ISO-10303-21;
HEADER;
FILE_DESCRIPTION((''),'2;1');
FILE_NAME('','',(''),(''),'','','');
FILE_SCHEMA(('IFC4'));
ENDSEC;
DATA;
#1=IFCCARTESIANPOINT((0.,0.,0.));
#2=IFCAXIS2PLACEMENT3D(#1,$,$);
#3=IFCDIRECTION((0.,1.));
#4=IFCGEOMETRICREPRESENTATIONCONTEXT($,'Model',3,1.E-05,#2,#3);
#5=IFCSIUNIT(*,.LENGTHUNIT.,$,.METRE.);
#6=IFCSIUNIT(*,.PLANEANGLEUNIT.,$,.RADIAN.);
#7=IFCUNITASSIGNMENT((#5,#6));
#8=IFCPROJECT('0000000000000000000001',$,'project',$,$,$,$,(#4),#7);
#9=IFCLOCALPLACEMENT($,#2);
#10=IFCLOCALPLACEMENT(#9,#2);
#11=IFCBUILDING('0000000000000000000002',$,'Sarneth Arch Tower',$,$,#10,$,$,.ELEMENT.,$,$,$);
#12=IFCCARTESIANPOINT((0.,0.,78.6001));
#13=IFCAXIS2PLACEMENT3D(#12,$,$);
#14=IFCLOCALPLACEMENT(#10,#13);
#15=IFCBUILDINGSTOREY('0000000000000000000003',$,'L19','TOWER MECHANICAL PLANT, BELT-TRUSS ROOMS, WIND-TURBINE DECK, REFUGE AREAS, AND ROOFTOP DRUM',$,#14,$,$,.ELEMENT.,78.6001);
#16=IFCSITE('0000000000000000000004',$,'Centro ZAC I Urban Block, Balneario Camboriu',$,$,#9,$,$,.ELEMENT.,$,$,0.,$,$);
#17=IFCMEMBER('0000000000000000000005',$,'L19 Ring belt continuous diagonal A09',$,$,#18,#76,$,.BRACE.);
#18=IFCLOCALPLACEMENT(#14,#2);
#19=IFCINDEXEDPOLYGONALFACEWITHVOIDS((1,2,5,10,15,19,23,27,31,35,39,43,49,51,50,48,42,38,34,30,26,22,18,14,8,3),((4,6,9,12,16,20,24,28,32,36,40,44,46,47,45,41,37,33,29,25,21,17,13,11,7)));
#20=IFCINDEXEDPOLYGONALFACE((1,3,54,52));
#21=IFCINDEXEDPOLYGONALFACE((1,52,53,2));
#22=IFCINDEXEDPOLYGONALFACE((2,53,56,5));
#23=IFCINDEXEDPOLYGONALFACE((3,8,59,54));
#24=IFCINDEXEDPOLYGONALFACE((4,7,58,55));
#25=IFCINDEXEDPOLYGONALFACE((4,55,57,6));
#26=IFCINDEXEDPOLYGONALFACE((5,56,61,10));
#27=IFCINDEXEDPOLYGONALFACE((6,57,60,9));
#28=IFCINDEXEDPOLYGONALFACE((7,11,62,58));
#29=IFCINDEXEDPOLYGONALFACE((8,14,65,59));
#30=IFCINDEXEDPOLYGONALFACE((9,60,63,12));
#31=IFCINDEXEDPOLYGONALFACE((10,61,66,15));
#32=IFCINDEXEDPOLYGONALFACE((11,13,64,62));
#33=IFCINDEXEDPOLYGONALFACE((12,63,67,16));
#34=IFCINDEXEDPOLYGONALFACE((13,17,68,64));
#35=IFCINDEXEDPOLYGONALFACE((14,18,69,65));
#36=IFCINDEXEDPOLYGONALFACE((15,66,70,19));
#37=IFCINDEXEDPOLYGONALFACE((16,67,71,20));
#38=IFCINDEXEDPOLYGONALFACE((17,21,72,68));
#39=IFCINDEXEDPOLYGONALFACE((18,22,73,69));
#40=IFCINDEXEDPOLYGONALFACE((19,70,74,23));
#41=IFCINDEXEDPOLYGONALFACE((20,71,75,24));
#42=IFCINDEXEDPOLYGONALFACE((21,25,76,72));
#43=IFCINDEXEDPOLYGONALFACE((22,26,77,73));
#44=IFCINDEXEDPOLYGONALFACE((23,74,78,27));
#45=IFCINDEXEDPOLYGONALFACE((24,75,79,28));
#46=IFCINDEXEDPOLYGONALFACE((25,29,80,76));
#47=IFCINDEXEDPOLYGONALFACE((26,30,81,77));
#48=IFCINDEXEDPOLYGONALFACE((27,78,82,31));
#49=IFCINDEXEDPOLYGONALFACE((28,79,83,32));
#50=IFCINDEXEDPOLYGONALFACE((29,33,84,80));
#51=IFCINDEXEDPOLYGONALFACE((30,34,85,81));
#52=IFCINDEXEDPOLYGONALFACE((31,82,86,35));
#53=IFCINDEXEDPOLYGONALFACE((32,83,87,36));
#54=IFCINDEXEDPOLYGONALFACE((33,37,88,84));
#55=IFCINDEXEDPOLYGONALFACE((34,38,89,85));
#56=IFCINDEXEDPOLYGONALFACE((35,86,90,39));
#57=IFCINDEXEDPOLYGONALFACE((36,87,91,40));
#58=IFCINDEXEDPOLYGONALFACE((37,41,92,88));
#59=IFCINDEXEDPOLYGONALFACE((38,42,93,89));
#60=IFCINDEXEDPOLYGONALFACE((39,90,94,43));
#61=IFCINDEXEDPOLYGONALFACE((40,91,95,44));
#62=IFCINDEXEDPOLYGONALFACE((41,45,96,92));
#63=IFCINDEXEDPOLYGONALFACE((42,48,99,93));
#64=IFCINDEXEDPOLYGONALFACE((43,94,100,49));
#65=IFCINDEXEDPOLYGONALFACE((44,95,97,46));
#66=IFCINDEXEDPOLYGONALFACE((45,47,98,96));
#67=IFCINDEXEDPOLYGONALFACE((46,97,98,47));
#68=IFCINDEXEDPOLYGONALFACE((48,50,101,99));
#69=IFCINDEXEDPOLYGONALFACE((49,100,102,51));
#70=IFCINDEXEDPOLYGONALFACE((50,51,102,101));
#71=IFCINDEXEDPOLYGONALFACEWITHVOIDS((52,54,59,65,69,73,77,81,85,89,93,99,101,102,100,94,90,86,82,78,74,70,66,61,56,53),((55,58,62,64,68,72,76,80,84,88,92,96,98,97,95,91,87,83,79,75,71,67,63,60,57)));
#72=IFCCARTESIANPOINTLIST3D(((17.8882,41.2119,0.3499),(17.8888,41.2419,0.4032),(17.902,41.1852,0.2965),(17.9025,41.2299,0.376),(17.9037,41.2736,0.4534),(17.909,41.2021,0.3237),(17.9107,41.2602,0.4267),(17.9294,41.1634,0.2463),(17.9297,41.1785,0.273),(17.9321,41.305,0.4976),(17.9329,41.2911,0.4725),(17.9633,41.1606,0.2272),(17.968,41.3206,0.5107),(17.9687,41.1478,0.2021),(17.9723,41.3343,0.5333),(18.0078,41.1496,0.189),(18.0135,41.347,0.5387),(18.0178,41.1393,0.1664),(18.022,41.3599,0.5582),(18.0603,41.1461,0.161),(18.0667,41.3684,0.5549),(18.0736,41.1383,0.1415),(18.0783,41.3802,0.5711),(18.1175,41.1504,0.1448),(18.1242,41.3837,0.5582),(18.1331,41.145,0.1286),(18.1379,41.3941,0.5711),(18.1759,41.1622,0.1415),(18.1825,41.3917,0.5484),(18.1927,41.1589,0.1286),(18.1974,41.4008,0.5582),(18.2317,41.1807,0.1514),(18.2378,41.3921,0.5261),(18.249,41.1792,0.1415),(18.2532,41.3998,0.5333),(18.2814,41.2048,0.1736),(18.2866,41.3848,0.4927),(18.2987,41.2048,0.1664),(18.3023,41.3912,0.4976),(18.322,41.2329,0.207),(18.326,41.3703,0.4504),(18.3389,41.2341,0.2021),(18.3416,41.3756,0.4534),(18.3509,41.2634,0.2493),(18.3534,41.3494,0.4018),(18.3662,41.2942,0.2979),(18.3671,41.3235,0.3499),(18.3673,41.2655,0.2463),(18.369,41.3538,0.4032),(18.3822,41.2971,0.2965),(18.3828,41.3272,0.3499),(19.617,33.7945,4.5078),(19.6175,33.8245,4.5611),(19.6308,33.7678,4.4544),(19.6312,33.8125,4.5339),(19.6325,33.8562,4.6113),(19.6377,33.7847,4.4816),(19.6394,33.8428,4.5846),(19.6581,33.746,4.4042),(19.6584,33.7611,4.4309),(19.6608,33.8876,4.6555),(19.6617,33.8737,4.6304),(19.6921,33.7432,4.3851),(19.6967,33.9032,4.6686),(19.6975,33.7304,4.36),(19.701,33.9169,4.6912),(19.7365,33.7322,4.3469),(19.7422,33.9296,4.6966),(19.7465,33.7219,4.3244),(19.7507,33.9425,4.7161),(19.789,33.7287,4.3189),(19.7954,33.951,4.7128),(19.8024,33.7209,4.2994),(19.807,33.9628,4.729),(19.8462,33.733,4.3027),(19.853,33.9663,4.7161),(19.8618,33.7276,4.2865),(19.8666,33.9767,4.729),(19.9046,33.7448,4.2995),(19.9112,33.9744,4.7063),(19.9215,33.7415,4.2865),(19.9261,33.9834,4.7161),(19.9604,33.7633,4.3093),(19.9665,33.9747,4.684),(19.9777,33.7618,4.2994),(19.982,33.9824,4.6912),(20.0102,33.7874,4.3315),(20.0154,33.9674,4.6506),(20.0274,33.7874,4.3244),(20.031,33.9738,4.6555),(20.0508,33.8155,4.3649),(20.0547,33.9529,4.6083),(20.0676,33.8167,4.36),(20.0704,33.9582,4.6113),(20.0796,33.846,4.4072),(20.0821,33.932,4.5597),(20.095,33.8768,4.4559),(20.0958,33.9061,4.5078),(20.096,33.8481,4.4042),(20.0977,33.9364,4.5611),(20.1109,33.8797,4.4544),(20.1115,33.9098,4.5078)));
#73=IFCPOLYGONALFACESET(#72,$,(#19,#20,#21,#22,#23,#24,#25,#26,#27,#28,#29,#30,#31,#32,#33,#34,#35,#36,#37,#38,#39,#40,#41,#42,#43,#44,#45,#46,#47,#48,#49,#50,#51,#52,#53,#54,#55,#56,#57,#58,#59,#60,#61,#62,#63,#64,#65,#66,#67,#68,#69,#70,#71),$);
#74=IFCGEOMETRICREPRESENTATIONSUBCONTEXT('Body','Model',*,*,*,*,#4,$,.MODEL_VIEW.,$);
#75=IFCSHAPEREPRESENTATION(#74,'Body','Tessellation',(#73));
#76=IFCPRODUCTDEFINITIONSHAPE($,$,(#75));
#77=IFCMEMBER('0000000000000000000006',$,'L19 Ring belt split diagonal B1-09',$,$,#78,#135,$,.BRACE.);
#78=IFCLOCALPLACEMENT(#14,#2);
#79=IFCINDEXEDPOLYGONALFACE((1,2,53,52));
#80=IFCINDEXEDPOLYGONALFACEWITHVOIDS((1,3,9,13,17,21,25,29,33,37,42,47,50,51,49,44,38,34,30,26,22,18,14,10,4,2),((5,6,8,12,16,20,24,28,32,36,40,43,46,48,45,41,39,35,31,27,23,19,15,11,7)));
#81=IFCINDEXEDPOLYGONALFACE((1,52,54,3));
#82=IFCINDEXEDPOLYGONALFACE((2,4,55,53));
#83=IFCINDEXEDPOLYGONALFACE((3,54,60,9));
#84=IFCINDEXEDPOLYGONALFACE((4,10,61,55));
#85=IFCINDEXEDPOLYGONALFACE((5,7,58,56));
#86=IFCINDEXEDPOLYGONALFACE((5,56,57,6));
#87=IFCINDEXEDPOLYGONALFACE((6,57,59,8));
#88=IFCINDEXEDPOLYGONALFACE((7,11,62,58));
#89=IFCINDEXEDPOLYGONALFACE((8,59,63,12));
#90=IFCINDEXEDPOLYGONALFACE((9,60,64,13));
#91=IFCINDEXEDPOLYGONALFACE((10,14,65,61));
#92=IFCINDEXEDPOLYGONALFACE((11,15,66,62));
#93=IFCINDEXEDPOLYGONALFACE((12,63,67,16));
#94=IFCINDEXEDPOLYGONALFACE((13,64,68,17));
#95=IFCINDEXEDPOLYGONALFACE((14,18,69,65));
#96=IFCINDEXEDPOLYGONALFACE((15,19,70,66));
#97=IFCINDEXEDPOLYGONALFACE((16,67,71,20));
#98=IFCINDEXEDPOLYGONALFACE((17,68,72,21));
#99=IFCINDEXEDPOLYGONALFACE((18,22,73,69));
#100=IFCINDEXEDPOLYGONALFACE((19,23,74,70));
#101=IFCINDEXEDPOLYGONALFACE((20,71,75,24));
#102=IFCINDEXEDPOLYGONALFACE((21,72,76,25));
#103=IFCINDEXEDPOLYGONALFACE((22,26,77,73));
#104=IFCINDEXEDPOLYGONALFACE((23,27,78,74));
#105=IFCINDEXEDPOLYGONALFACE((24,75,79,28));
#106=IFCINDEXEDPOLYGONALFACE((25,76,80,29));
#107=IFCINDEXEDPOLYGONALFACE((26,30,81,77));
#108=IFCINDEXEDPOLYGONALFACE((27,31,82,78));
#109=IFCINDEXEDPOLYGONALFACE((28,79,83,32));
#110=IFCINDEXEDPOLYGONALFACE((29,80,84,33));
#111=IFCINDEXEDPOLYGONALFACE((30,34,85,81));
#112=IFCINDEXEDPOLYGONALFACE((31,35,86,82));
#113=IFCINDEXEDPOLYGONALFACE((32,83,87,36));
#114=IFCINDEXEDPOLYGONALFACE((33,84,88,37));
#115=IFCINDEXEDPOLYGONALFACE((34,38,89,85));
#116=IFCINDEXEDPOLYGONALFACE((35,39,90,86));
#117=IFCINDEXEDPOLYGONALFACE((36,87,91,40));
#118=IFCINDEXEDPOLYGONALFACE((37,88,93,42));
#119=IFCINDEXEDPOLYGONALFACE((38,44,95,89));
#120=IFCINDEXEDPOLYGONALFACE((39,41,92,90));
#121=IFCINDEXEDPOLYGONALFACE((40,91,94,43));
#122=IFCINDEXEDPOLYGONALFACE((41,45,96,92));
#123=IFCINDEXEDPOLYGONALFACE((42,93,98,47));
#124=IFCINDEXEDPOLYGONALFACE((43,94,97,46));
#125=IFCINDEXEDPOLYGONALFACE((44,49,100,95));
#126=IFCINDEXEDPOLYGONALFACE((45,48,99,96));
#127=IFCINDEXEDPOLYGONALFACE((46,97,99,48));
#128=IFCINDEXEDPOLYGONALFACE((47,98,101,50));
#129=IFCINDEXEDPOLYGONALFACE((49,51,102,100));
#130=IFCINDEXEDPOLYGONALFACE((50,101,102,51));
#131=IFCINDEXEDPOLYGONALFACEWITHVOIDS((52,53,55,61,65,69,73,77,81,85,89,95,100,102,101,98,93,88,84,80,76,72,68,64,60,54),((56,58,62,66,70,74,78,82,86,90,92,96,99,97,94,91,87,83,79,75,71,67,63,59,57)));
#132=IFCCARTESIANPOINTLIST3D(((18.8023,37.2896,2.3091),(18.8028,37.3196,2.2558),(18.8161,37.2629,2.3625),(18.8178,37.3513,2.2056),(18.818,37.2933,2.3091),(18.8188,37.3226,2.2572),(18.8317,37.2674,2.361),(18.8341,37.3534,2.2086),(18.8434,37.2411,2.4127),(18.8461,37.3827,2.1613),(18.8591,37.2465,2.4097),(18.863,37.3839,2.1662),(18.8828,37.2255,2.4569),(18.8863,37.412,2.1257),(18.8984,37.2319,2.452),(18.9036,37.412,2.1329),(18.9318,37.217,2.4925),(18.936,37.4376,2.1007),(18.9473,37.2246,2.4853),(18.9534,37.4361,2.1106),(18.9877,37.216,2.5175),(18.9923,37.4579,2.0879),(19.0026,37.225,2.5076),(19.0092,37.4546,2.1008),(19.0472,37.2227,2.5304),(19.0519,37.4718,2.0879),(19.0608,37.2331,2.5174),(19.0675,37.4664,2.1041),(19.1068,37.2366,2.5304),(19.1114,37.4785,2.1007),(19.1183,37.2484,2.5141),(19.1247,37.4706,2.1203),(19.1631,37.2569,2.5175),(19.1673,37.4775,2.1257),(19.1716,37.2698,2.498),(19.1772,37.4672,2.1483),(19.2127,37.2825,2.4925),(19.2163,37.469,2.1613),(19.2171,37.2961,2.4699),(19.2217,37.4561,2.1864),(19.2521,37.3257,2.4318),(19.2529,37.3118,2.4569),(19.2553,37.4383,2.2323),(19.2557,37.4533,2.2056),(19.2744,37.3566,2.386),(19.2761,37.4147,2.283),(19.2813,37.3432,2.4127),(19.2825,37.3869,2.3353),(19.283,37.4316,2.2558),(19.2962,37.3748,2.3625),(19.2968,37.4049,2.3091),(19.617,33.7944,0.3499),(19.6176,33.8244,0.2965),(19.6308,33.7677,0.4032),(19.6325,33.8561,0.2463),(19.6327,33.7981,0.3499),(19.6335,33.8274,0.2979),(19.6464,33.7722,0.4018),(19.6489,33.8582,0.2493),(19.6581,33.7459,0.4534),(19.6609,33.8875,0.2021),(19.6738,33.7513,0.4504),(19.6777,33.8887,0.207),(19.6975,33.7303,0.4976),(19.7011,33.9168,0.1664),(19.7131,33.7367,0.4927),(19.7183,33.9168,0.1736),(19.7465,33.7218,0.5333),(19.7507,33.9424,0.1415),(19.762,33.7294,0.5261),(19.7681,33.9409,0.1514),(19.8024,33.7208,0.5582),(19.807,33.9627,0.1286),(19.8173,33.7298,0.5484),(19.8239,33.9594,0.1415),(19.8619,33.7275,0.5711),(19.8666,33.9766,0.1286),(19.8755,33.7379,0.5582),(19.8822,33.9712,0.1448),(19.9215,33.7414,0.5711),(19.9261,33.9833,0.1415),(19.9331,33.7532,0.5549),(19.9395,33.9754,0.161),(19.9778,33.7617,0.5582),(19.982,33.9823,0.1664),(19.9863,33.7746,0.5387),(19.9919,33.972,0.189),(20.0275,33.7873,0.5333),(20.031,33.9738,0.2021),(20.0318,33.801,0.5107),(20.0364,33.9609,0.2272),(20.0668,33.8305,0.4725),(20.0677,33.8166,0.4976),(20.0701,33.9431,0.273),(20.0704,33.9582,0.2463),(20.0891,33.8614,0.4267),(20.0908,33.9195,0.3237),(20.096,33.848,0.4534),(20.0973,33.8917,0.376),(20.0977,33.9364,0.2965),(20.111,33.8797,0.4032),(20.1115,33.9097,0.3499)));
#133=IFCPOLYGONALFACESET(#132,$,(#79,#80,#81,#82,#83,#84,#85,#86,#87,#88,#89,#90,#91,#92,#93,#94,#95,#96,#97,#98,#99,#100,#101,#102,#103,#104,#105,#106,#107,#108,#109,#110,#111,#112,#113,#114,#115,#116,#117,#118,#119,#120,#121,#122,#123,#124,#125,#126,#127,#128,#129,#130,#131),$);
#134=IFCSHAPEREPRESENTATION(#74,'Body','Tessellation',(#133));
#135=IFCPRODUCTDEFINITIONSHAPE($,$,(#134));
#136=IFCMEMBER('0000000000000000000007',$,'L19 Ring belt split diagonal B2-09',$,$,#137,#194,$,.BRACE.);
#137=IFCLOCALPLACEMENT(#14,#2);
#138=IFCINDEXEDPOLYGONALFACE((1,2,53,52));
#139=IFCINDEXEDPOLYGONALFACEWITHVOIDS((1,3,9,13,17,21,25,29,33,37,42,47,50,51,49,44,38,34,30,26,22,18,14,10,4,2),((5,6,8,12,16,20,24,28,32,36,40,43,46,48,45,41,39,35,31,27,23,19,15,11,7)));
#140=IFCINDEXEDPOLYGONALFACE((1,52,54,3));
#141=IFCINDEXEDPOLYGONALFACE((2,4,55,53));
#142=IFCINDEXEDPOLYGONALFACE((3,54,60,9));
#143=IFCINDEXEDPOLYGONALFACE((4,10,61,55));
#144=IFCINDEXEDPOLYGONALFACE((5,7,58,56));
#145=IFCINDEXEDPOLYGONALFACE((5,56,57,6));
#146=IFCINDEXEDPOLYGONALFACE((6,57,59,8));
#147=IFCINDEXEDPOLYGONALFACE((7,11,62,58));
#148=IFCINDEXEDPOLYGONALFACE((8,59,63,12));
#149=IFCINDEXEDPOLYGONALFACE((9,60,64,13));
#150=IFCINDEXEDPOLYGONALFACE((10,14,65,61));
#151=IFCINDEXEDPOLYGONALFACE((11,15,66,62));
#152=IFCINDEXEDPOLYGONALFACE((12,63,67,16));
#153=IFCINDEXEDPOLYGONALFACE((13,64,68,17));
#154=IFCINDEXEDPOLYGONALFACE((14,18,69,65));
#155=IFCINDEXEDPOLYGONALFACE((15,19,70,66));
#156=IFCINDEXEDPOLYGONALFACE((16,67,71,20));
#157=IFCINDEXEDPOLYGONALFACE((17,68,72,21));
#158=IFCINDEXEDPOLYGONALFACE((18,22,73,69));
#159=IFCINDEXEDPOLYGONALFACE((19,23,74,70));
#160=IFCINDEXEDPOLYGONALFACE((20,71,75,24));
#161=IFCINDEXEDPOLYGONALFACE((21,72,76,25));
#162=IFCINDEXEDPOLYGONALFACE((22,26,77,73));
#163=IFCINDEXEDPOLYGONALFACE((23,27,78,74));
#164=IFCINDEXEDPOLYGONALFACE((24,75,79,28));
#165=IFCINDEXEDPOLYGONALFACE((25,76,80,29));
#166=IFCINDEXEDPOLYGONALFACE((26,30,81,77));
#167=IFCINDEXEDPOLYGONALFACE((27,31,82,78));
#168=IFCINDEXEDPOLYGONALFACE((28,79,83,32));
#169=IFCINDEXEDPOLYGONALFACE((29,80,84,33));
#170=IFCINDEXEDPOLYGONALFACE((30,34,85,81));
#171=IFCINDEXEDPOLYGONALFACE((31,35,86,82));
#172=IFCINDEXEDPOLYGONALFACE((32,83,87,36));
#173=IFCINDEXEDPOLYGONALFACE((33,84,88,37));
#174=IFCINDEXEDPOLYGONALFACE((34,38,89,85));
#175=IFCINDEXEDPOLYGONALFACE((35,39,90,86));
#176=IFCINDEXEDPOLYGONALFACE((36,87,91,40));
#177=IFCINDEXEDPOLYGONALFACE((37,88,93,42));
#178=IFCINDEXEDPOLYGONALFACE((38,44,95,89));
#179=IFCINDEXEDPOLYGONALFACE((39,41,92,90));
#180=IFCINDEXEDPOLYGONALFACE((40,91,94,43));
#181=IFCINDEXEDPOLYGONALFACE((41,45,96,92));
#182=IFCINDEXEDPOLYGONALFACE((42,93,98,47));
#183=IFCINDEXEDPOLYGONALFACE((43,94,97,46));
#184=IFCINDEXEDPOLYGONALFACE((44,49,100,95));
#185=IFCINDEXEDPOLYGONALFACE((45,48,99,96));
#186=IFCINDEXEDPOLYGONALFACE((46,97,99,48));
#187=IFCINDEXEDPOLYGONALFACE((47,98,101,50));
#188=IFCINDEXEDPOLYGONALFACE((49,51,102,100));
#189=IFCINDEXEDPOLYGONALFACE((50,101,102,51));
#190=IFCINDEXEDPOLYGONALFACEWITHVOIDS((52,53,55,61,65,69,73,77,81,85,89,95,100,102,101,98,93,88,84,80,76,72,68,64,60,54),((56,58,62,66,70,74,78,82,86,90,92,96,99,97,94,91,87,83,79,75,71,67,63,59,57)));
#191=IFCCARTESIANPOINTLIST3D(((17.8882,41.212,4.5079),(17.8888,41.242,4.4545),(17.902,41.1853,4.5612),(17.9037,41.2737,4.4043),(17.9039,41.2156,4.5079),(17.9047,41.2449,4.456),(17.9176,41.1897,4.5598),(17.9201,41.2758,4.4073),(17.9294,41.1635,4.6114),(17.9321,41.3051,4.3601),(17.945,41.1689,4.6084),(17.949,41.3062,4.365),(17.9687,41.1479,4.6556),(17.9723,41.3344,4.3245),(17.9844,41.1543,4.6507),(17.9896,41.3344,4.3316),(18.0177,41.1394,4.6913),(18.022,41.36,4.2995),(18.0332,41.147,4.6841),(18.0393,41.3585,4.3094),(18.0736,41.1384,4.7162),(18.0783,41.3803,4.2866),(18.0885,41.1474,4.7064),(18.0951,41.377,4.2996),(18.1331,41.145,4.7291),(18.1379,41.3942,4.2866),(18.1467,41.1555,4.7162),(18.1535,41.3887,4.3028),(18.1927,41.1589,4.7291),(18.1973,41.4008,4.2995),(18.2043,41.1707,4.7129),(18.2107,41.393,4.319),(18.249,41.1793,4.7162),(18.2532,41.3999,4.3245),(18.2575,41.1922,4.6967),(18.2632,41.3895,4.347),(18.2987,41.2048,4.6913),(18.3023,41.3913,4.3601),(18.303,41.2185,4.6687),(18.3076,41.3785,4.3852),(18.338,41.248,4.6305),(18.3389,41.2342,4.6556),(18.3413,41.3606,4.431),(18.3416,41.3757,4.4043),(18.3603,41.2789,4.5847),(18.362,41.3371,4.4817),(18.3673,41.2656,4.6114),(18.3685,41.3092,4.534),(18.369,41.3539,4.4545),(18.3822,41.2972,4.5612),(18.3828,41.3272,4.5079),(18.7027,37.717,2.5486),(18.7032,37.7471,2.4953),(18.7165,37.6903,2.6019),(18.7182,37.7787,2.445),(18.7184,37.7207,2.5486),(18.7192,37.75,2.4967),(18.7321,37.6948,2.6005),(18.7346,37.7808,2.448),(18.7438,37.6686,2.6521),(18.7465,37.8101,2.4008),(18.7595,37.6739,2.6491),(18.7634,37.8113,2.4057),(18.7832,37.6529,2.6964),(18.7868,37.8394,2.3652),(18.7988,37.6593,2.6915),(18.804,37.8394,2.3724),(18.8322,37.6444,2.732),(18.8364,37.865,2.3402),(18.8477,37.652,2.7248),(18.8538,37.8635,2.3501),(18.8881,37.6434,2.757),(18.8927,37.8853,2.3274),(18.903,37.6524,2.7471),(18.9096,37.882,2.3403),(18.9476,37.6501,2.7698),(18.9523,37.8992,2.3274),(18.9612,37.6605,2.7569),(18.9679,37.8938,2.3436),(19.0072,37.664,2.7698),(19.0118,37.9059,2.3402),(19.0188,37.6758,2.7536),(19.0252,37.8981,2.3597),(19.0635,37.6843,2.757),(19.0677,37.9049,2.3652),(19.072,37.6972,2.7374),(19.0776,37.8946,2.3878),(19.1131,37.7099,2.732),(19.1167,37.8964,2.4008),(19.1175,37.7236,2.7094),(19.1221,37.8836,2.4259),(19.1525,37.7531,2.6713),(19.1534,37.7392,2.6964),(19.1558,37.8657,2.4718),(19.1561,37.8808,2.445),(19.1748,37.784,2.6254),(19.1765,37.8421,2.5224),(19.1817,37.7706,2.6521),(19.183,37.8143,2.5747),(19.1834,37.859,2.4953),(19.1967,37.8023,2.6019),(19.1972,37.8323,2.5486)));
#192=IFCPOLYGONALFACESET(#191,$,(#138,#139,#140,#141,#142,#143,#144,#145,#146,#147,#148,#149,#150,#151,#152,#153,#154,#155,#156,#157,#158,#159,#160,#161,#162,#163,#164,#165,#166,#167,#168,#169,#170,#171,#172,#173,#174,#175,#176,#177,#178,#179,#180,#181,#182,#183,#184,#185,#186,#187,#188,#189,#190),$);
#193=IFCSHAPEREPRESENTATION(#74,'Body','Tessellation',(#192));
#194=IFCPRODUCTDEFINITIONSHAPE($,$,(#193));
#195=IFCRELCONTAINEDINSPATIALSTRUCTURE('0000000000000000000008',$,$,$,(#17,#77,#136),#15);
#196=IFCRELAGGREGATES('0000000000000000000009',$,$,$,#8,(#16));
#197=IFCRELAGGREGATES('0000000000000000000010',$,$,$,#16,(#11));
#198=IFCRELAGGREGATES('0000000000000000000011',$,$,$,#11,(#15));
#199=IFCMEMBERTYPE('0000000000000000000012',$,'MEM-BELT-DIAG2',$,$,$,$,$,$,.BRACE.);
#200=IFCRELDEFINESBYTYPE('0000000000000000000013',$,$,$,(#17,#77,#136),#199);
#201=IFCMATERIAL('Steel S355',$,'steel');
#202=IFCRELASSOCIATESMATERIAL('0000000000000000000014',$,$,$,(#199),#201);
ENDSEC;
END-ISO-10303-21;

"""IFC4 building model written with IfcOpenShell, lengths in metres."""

from ifc_helpers import new_model, si_unit, direction, frame, origin, origin_2d, place, context, subcontext, project, spatial, hollow_circle, extrude, material, material_profile, profile_set, type_object, element, save


model = new_model("IFC4")

# Units and contexts
model_context = context("Model", 3, precision=1e-05, world=origin(), true_north=direction((0.0, 1.0)))
body_context = subcontext(model_context, "Body", "Model", "MODEL_VIEW")
ifc_project = project(units=[si_unit("LENGTHUNIT", "METRE"), si_unit("PLANEANGLEUNIT", "RADIAN")], contexts=[model_context])

# Site, building, storey
site_placement = place(None, origin())
site = spatial("IfcSite", under=ifc_project, at=site_placement, Name="Centro ZAC I Urban Block, Balneario Camboriu", CompositionType="ELEMENT", RefElevation=0.0)
building_placement = place(site_placement, origin())
building = spatial("IfcBuilding", under=site, at=building_placement, Name="Sarneth Arch Tower", CompositionType="ELEMENT")
storey_placement = place(building_placement, frame((0.0, 0.0, 78.6001)))
storey = spatial("IfcBuildingStorey", under=building, at=storey_placement, Name="L19", Description="TOWER MECHANICAL PLANT, BELT-TRUSS ROOMS, WIND-TURBINE DECK, REFUGE AREAS, AND ROOFTOP DRUM", CompositionType="ELEMENT", Elevation=78.6001)

# Members
ifc_material_1 = material(Name="Steel S355", Category="steel")
ifc_material_profile_1 = material_profile(ifc_material_1, hollow_circle(Radius=0.2539, WallThickness=0.0161, at=origin_2d()), Name="CHS508x16")
ifc_profile_set_1 = profile_set([ifc_material_profile_1], Name="Steel S355")
member_type_1 = type_object("IfcMemberType", Name="MEM-BELT-DIAG2", PredefinedType="BRACE", material=ifc_profile_set_1)
member_1_placement = place(storey_placement, frame((18.1355, 41.2695, 0.3499), z_axis=(0.199227, -0.85481, 0.479174), x_axis=(0.973899, 0.226982, 0.0)))
element("IfcMember", 1, at=member_1_placement, inside=storey, type_object=member_type_1, Name="L19 Ring belt continuous diagonal A09", PredefinedType="BRACE", context=body_context, shape_type="SweptSolid", body=[
    extrude(hollow_circle(Radius=0.2539, WallThickness=0.0161, at=origin_2d()), origin(), (0.0, 0.0, 1.0), 8.6772),
])
member_2_placement = place(storey_placement, frame((19.8643, 33.8521, 0.3499), z_axis=(-0.199252, 0.854806, 0.479171), x_axis=(-0.973892, -0.22701, 0.0)))
element("IfcMember", 2, at=member_2_placement, inside=storey, type_object=member_type_1, Name="L19 Ring belt split diagonal B1-09", PredefinedType="BRACE", context=body_context, shape_type="SweptSolid", body=[
    extrude(hollow_circle(Radius=0.2539, WallThickness=0.0161, at=origin_2d()), origin(), (0.0, 0.0, 1.0), 4.0889),
])
member_3_placement = place(storey_placement, frame((18.95, 37.7747, 2.5486), z_axis=(-0.199205, 0.8548, 0.479202), x_axis=(-0.973904, -0.226961, 0.0)))
element("IfcMember", 3, at=member_3_placement, inside=storey, type_object=member_type_1, Name="L19 Ring belt split diagonal B2-09", PredefinedType="BRACE", context=body_context, shape_type="SweptSolid", body=[
    extrude(hollow_circle(Radius=0.2539, WallThickness=0.0161, at=origin_2d()), origin(), (0.0, 0.0, 1.0), 4.0886),
])

save(model, "model.ifc")
